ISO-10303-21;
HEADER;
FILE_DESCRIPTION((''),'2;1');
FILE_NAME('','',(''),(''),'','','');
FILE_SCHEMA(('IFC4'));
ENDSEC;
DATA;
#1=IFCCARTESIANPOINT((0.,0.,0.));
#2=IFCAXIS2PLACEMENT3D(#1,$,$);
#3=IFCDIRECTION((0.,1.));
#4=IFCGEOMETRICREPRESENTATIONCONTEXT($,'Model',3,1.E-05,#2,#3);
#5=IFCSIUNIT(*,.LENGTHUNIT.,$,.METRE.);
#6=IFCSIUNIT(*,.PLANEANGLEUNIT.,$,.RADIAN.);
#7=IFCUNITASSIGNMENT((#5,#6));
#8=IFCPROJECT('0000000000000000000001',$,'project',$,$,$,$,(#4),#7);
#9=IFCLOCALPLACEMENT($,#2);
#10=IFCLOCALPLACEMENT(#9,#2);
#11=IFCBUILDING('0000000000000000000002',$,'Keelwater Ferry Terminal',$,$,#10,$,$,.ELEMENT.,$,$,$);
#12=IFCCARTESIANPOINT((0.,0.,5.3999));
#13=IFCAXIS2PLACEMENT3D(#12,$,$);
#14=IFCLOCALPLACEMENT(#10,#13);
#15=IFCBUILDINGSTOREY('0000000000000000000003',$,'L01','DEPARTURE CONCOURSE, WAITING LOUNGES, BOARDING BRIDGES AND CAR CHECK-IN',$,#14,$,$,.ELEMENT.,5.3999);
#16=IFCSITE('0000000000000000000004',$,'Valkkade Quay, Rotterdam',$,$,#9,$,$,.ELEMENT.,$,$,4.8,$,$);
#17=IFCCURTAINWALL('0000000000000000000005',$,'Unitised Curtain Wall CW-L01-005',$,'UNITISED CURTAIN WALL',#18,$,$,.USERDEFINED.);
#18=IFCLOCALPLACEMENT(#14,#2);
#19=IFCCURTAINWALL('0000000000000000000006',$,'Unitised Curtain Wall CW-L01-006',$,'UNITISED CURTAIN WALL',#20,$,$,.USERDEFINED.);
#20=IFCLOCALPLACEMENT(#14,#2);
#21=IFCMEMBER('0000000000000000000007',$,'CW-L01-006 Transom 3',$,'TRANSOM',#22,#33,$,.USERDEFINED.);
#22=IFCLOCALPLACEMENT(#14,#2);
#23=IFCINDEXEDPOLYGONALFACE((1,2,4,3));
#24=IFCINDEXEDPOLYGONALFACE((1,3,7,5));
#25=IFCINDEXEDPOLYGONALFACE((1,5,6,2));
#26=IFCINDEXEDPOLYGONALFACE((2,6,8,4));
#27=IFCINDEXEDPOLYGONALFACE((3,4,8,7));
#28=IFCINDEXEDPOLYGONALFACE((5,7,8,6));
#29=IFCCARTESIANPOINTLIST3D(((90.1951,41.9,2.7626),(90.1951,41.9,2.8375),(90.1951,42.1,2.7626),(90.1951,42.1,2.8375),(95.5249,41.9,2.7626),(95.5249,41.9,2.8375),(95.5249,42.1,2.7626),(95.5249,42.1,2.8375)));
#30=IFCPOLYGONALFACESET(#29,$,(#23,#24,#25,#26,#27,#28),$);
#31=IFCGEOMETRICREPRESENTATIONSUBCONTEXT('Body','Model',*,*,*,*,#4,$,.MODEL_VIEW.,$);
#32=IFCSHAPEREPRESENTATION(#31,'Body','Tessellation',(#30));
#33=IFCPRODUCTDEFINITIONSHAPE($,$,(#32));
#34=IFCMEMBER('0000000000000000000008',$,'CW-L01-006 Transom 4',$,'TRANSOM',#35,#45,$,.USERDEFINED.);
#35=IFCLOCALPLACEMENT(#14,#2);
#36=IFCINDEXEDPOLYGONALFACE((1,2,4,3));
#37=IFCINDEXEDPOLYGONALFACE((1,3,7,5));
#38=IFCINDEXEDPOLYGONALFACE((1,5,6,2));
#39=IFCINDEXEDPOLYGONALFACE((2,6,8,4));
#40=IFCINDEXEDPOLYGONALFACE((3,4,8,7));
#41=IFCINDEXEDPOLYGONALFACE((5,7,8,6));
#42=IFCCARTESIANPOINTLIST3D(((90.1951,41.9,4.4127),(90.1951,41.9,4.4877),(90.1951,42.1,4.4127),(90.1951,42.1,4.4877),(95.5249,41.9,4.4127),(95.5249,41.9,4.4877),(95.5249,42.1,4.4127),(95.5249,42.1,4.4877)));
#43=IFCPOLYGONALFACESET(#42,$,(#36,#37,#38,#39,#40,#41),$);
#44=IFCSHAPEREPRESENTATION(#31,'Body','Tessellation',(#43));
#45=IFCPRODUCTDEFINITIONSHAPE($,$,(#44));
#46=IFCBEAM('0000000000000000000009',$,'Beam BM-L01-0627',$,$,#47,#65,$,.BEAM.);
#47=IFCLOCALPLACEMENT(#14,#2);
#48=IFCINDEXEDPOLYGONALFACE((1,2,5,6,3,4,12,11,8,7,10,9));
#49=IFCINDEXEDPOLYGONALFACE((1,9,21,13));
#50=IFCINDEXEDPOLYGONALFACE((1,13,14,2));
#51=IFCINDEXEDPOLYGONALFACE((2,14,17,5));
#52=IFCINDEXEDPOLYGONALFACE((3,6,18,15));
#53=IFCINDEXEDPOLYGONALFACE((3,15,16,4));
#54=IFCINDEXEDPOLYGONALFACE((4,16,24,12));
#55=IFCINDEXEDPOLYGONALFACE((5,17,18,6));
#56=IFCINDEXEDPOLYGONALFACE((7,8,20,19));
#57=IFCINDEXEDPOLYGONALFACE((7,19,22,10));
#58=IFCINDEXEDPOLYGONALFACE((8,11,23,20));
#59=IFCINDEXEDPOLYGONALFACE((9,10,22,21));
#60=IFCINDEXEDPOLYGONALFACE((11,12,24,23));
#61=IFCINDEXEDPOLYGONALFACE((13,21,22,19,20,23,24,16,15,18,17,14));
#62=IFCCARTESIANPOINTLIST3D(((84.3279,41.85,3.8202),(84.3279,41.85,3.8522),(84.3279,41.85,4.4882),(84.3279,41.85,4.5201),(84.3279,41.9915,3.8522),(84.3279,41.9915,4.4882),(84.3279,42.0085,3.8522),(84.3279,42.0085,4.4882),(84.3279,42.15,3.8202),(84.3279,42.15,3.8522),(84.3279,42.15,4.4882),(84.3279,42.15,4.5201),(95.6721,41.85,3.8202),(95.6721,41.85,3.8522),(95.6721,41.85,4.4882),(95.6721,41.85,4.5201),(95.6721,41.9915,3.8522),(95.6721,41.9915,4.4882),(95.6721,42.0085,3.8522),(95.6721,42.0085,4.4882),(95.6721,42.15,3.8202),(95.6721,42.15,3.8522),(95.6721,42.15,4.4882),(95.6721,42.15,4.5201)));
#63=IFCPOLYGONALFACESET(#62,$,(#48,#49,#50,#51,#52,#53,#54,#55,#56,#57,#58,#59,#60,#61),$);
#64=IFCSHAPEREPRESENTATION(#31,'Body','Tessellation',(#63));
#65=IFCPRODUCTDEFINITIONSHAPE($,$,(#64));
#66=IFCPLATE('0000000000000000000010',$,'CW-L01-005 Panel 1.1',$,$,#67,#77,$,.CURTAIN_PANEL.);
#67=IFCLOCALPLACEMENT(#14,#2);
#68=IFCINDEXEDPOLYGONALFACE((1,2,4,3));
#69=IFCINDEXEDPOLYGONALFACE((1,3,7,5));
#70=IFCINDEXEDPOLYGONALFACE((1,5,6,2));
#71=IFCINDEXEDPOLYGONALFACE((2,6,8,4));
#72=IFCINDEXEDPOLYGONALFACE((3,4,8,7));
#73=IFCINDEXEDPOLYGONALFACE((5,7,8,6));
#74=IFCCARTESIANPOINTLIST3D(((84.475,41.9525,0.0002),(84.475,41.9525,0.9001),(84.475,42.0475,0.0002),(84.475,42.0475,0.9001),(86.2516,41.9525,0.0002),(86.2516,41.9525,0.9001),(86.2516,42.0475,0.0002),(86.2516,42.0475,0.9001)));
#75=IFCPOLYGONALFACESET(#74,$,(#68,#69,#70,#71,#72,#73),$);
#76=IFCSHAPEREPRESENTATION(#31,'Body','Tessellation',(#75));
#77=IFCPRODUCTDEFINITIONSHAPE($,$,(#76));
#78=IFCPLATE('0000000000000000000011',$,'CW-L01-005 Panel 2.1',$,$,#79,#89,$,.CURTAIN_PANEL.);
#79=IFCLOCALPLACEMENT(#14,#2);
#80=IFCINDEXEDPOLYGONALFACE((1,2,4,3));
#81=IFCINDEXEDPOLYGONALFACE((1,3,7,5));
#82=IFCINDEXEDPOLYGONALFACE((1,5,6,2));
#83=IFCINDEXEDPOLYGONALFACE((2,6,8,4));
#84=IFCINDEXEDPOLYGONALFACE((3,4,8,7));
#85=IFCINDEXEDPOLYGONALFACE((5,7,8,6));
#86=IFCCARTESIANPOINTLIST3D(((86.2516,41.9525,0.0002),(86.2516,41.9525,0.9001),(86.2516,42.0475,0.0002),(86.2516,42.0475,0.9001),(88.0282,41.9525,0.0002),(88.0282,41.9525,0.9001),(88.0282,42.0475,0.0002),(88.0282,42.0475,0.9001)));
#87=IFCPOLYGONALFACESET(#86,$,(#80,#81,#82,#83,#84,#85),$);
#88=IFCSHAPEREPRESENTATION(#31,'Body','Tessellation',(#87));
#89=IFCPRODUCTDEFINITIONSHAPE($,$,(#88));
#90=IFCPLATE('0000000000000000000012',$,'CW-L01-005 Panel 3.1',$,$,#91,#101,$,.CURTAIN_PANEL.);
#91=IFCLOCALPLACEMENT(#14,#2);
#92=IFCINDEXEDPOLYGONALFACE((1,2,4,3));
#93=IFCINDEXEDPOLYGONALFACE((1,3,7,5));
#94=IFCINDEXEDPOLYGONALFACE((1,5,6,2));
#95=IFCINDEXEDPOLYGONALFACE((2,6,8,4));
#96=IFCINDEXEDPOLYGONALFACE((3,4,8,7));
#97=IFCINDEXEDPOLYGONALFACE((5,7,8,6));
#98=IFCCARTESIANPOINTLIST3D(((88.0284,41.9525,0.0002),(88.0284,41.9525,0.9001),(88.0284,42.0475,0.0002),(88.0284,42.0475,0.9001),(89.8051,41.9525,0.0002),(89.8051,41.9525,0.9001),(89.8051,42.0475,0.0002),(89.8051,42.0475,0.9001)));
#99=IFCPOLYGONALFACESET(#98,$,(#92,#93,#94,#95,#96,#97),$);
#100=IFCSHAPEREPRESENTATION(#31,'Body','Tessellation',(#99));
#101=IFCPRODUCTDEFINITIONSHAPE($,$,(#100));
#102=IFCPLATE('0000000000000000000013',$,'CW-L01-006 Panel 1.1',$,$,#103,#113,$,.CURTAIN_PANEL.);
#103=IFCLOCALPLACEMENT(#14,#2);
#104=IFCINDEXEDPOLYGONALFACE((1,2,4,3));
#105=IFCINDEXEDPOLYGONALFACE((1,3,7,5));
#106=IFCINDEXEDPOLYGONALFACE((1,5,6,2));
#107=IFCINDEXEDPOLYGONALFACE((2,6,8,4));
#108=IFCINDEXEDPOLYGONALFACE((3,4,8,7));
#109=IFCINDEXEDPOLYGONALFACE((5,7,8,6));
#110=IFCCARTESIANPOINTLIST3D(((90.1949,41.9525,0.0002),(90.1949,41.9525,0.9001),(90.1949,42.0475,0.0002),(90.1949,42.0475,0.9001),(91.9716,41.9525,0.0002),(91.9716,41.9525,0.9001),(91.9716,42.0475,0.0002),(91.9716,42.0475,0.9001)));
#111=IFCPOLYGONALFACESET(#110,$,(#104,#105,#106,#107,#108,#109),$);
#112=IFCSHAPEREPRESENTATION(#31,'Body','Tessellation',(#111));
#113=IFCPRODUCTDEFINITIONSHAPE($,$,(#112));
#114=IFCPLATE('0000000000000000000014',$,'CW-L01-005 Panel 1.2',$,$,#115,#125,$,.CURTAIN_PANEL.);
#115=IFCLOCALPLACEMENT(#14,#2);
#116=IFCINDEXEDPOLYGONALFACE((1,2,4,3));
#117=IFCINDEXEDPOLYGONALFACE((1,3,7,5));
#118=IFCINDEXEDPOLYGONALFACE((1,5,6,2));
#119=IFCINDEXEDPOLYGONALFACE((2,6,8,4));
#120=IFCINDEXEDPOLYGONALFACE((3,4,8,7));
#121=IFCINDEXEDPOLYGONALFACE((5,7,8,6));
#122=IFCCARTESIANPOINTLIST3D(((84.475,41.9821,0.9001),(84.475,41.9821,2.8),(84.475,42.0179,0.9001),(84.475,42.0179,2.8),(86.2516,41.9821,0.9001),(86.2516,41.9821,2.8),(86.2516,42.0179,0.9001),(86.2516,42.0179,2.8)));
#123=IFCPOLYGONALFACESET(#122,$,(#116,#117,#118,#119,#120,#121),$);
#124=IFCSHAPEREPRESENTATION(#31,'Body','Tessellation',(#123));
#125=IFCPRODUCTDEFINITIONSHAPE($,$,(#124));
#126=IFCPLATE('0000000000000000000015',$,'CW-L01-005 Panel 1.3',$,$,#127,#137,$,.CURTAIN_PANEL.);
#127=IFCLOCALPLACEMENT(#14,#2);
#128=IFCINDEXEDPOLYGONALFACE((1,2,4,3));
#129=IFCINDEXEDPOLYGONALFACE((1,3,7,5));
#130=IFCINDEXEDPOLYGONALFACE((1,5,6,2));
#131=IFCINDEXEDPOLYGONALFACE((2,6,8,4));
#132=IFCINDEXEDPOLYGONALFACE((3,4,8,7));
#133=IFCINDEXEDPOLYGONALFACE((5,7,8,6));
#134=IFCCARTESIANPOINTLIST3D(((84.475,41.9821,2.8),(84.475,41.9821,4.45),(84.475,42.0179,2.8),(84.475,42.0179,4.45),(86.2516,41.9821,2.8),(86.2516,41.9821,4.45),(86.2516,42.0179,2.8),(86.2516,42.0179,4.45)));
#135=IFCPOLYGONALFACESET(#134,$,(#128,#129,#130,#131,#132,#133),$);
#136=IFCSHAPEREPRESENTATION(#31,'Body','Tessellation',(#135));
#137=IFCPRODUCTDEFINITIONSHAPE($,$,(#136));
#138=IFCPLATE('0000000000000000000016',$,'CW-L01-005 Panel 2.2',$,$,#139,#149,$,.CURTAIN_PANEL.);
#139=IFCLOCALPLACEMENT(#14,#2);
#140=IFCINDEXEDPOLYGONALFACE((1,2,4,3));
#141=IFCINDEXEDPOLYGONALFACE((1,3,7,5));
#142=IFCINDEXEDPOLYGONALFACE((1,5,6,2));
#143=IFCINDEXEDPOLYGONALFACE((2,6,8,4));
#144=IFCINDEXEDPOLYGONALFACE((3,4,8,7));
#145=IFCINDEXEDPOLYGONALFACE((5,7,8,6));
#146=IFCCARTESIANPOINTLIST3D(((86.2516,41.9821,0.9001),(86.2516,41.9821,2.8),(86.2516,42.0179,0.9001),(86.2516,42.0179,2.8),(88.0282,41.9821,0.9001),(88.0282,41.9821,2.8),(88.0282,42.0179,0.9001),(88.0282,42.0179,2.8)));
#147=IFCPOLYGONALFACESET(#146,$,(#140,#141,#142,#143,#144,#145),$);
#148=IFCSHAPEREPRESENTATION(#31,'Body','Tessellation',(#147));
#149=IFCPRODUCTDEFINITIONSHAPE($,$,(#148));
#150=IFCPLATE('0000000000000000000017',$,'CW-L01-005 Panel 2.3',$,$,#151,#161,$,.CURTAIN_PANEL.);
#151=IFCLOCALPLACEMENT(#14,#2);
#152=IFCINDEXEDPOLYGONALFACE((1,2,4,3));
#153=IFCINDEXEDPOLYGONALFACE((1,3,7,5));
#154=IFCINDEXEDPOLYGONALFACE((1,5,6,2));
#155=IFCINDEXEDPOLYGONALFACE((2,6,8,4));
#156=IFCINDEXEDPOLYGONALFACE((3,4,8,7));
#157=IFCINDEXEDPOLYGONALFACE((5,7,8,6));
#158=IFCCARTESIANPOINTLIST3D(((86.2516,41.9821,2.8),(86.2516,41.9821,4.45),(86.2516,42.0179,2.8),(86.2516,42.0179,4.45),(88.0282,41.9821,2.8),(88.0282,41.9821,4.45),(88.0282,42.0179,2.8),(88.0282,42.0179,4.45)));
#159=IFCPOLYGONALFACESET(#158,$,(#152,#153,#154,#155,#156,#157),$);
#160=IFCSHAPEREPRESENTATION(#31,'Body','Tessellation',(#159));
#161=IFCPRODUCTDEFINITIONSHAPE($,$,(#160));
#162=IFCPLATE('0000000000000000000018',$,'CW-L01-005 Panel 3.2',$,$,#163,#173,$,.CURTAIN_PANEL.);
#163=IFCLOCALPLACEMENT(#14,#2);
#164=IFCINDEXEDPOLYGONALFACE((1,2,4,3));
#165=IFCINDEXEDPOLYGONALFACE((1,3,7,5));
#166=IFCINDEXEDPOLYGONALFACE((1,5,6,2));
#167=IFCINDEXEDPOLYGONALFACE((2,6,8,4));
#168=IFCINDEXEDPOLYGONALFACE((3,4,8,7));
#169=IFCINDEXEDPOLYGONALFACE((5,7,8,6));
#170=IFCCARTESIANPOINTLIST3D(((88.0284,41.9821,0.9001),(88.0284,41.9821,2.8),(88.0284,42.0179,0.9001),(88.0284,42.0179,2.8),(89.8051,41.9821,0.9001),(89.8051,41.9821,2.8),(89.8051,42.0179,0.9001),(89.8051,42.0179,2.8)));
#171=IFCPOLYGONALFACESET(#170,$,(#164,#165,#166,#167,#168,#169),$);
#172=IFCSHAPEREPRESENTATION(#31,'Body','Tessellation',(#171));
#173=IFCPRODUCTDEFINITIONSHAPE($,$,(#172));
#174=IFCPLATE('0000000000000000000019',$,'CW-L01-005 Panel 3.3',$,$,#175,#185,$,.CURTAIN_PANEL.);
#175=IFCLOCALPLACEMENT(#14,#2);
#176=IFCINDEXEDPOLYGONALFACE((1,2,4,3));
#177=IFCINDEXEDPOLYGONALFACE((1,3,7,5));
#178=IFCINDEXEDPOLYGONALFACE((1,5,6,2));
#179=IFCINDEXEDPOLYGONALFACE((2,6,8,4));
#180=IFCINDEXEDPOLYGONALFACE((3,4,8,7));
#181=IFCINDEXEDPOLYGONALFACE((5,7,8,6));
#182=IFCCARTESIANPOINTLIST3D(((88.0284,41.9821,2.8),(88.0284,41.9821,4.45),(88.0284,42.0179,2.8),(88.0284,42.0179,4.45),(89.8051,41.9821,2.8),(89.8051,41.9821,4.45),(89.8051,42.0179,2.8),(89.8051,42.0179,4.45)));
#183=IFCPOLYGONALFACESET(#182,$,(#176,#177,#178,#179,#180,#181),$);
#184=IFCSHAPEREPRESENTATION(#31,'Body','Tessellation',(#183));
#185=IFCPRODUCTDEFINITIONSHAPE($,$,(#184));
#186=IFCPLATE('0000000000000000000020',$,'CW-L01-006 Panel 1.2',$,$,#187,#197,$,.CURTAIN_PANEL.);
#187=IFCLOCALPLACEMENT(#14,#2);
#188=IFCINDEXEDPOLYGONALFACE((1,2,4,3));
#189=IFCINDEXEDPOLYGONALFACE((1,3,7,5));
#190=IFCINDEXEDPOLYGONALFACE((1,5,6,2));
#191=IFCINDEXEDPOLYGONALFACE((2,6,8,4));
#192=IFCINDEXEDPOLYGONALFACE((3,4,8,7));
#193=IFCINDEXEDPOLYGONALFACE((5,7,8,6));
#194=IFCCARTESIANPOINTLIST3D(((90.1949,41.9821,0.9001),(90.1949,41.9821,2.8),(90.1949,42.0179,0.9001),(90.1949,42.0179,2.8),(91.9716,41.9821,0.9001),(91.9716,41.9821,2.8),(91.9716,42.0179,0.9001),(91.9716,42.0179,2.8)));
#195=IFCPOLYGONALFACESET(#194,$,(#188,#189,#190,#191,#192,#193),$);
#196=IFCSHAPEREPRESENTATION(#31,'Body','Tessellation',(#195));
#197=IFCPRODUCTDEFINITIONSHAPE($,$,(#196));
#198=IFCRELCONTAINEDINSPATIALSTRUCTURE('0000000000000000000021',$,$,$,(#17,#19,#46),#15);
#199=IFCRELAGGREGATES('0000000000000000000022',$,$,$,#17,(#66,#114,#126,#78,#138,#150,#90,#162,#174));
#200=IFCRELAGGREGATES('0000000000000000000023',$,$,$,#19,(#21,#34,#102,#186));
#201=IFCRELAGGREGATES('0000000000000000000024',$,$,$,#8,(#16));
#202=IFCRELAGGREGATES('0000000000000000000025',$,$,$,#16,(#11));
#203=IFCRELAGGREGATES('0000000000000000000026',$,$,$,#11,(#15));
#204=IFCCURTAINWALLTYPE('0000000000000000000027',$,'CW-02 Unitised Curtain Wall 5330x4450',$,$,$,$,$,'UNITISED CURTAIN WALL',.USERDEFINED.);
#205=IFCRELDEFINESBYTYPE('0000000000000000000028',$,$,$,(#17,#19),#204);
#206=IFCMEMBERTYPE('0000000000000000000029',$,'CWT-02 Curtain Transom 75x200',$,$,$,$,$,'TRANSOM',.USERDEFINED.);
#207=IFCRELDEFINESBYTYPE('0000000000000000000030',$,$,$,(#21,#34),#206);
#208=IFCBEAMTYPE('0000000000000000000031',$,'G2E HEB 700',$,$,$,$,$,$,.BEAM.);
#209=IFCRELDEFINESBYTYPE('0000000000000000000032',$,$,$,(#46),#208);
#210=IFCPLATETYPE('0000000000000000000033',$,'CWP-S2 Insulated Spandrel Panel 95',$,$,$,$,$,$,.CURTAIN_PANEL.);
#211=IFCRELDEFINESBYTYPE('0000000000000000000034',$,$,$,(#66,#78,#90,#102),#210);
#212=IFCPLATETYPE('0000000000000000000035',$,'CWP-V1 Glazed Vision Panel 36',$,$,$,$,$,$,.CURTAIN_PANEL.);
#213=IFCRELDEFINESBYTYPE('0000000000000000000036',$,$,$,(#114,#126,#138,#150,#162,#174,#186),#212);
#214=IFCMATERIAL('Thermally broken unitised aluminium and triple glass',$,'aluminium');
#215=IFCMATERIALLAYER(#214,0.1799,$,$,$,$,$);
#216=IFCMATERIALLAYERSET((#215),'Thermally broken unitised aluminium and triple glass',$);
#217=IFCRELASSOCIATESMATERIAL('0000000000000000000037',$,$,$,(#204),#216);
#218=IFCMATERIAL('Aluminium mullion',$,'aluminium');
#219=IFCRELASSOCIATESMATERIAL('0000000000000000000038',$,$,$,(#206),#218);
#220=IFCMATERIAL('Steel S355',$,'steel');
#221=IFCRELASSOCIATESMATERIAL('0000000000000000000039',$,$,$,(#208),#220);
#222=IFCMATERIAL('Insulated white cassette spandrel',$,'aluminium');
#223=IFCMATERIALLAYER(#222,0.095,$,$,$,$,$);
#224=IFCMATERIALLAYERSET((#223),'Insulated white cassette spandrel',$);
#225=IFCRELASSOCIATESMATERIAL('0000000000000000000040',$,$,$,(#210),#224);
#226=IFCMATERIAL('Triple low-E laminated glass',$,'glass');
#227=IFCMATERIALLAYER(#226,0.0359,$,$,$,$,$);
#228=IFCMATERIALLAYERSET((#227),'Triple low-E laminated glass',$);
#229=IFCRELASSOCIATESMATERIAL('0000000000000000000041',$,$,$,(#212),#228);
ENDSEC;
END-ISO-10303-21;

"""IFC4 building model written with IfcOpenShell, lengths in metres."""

from ifc_helpers import new_model, si_unit, direction, frame, origin, origin_2d, place, context, subcontext, project, spatial, rectangle, i_section, extrude, material, layer, layer_set, material_profile, profile_set, type_object, element, aggregate, save


model = new_model("IFC4")

# Units and contexts
model_context = context("Model", 3, precision=1e-05, world=origin(), true_north=direction((0.0, 1.0)))
body_context = subcontext(model_context, "Body", "Model", "MODEL_VIEW")
ifc_project = project(units=[si_unit("LENGTHUNIT", "METRE"), si_unit("PLANEANGLEUNIT", "RADIAN")], contexts=[model_context])

# Site, building, storey
site_placement = place(None, origin())
site = spatial("IfcSite", under=ifc_project, at=site_placement, Name="Valkkade Quay, Rotterdam", CompositionType="ELEMENT", RefElevation=4.8)
building_placement = place(site_placement, origin())
building = spatial("IfcBuilding", under=site, at=building_placement, Name="Keelwater Ferry Terminal", CompositionType="ELEMENT")
storey_placement = place(building_placement, frame((0.0, 0.0, 5.3999)))
storey = spatial("IfcBuildingStorey", under=building, at=storey_placement, Name="L01", Description="DEPARTURE CONCOURSE, WAITING LOUNGES, BOARDING BRIDGES AND CAR CHECK-IN", CompositionType="ELEMENT", Elevation=5.3999)

# Curtain wall
ifc_material_1 = material(Name="Thermally broken unitised aluminium and triple glass", Category="aluminium")
ifc_layer_1 = layer(ifc_material_1, 0.1799)
ifc_layer_set_1 = layer_set([ifc_layer_1], Name="Thermally broken unitised aluminium and triple glass")
curtain_wall_type = type_object("IfcCurtainWallType", Name="CW-02 Unitised Curtain Wall 5330x4450", ElementType="UNITISED CURTAIN WALL", PredefinedType="USERDEFINED", material=ifc_layer_set_1)
curtain_wall_1_placement = place(storey_placement, origin())
curtain_wall_1 = element("IfcCurtainWall", 1, at=curtain_wall_1_placement, inside=storey, type_object=curtain_wall_type, Name="Unitised Curtain Wall CW-L01-005", ObjectType="UNITISED CURTAIN WALL", PredefinedType="USERDEFINED")

# Curtain wall
curtain_wall_2_placement = place(storey_placement, origin())
curtain_wall_2 = element("IfcCurtainWall", 2, at=curtain_wall_2_placement, inside=storey, type_object=curtain_wall_type, Name="Unitised Curtain Wall CW-L01-006", ObjectType="UNITISED CURTAIN WALL", PredefinedType="USERDEFINED")

# Members
ifc_material_2 = material(Name="Aluminium mullion", Category="aluminium")
ifc_material_profile_1 = material_profile(ifc_material_2, rectangle(XDim=0.2, YDim=0.075, at=origin_2d()), Name="CWT-02")
ifc_profile_set_1 = profile_set([ifc_material_profile_1], Name="Aluminium mullion")
member_type_1 = type_object("IfcMemberType", Name="CWT-02 Curtain Transom 75x200", ElementType="TRANSOM", PredefinedType="USERDEFINED", material=ifc_profile_set_1)
member_1_placement = place(storey_placement, frame((90.1951, 42.0, 2.8), z_axis=(1.0, 0.0, 0.0), x_axis=(0.0, 1.0, 0.0)))
member_1 = element("IfcMember", 3, at=member_1_placement, type_object=member_type_1, Name="CW-L01-006 Transom 3", ObjectType="TRANSOM", PredefinedType="USERDEFINED", context=body_context, shape_type="SweptSolid", body=[
    extrude(rectangle(XDim=0.2, YDim=0.075, at=origin_2d()), origin(), (0.0, 0.0, 1.0), 5.3298),
])
member_2_placement = place(storey_placement, frame((90.1951, 42.0, 4.4502), z_axis=(1.0, 0.0, 0.0), x_axis=(0.0, 1.0, 0.0)))
member_2 = element("IfcMember", 4, at=member_2_placement, type_object=member_type_1, Name="CW-L01-006 Transom 4", ObjectType="TRANSOM", PredefinedType="USERDEFINED", context=body_context, shape_type="SweptSolid", body=[
    extrude(rectangle(XDim=0.2, YDim=0.075, at=origin_2d()), origin(), (0.0, 0.0, 1.0), 5.3298),
])

# Beam
ifc_material_3 = material(Name="Steel S355", Category="steel")
ifc_material_profile_2 = material_profile(ifc_material_3, i_section(OverallWidth=0.3, OverallDepth=0.7, WebThickness=0.0171, FlangeThickness=0.032, at=origin_2d()), Name="HEB 700")
ifc_profile_set_2 = profile_set([ifc_material_profile_2], Name="Steel S355")
beam_type = type_object("IfcBeamType", Name="G2E HEB 700", PredefinedType="BEAM", material=ifc_profile_set_2)
beam_placement = place(storey_placement, frame((84.3279, 42.0, 4.1702), z_axis=(1.0, 0.0, 0.0), x_axis=(0.0, 1.0, 0.0)))
element("IfcBeam", 5, at=beam_placement, inside=storey, type_object=beam_type, Name="Beam BM-L01-0627", PredefinedType="BEAM", context=body_context, shape_type="SweptSolid", body=[
    extrude(i_section(OverallWidth=0.3, OverallDepth=0.7, WebThickness=0.0171, FlangeThickness=0.032, at=origin_2d()), origin(), (0.0, 0.0, 1.0), 11.3442),
])

# Plates
ifc_material_4 = material(Name="Insulated white cassette spandrel", Category="aluminium")
ifc_layer_2 = layer(ifc_material_4, 0.095)
ifc_layer_set_2 = layer_set([ifc_layer_2], Name="Insulated white cassette spandrel")
plate_type_1 = type_object("IfcPlateType", Name="CWP-S2 Insulated Spandrel Panel 95", PredefinedType="CURTAIN_PANEL", material=ifc_layer_set_2)
plate_1_placement = place(storey_placement, frame((85.3633, 42.0, 0.0002), z_axis=(0.0, 0.0, 1.0), x_axis=(1.0, 0.0, 0.0)))
plate_1 = element("IfcPlate", 6, at=plate_1_placement, type_object=plate_type_1, Name="CW-L01-005 Panel 1.1", PredefinedType="CURTAIN_PANEL", context=body_context, shape_type="SweptSolid", body=[
    extrude(rectangle(XDim=1.7766, YDim=0.095, at=origin_2d()), origin(), (0.0, 0.0, 1.0), 0.8999),
])
plate_2_placement = place(storey_placement, frame((87.1399, 42.0, 0.0002), z_axis=(0.0, 0.0, 1.0), x_axis=(1.0, 0.0, 0.0)))
plate_2 = element("IfcPlate", 7, at=plate_2_placement, type_object=plate_type_1, Name="CW-L01-005 Panel 2.1", PredefinedType="CURTAIN_PANEL", context=body_context, shape_type="SweptSolid", body=[
    extrude(rectangle(XDim=1.7766, YDim=0.095, at=origin_2d()), origin(), (0.0, 0.0, 1.0), 0.8999),
])
plate_3_placement = place(storey_placement, frame((88.9167, 42.0, 0.0002), z_axis=(0.0, 0.0, 1.0), x_axis=(1.0, 0.0, 0.0)))
plate_3 = element("IfcPlate", 8, at=plate_3_placement, type_object=plate_type_1, Name="CW-L01-005 Panel 3.1", PredefinedType="CURTAIN_PANEL", context=body_context, shape_type="SweptSolid", body=[
    extrude(rectangle(XDim=1.7766, YDim=0.095, at=origin_2d()), origin(), (0.0, 0.0, 1.0), 0.8999),
])
plate_4_placement = place(storey_placement, frame((91.0833, 42.0, 0.0002), z_axis=(0.0, 0.0, 1.0), x_axis=(1.0, 0.0, 0.0)))
plate_4 = element("IfcPlate", 9, at=plate_4_placement, type_object=plate_type_1, Name="CW-L01-006 Panel 1.1", PredefinedType="CURTAIN_PANEL", context=body_context, shape_type="SweptSolid", body=[
    extrude(rectangle(XDim=1.7766, YDim=0.095, at=origin_2d()), origin(), (0.0, 0.0, 1.0), 0.8999),
])
ifc_material_5 = material(Name="Triple low-E laminated glass", Category="glass")
ifc_layer_3 = layer(ifc_material_5, 0.0359)
ifc_layer_set_3 = layer_set([ifc_layer_3], Name="Triple low-E laminated glass")
plate_type_2 = type_object("IfcPlateType", Name="CWP-V1 Glazed Vision Panel 36", PredefinedType="CURTAIN_PANEL", material=ifc_layer_set_3)
plate_5_placement = place(storey_placement, frame((85.3633, 42.0, 0.9001), z_axis=(0.0, 0.0, 1.0), x_axis=(1.0, 0.0, 0.0)))
plate_5 = element("IfcPlate", 10, at=plate_5_placement, type_object=plate_type_2, Name="CW-L01-005 Panel 1.2", PredefinedType="CURTAIN_PANEL", context=body_context, shape_type="SweptSolid", body=[
    extrude(rectangle(XDim=1.7766, YDim=0.0359, at=origin_2d()), origin(), (0.0, 0.0, 1.0), 1.8999),
])
plate_6_placement = place(storey_placement, frame((85.3633, 42.0, 2.8), z_axis=(0.0, 0.0, 1.0), x_axis=(1.0, 0.0, 0.0)))
plate_6 = element("IfcPlate", 11, at=plate_6_placement, type_object=plate_type_2, Name="CW-L01-005 Panel 1.3", PredefinedType="CURTAIN_PANEL", context=body_context, shape_type="SweptSolid", body=[
    extrude(rectangle(XDim=1.7766, YDim=0.0359, at=origin_2d()), origin(), (0.0, 0.0, 1.0), 1.6499),
])
plate_7_placement = place(storey_placement, frame((87.1399, 42.0, 0.9001), z_axis=(0.0, 0.0, 1.0), x_axis=(1.0, 0.0, 0.0)))
plate_7 = element("IfcPlate", 12, at=plate_7_placement, type_object=plate_type_2, Name="CW-L01-005 Panel 2.2", PredefinedType="CURTAIN_PANEL", context=body_context, shape_type="SweptSolid", body=[
    extrude(rectangle(XDim=1.7766, YDim=0.0359, at=origin_2d()), origin(), (0.0, 0.0, 1.0), 1.8999),
])
plate_8_placement = place(storey_placement, frame((87.1399, 42.0, 2.8), z_axis=(0.0, 0.0, 1.0), x_axis=(1.0, 0.0, 0.0)))
plate_8 = element("IfcPlate", 13, at=plate_8_placement, type_object=plate_type_2, Name="CW-L01-005 Panel 2.3", PredefinedType="CURTAIN_PANEL", context=body_context, shape_type="SweptSolid", body=[
    extrude(rectangle(XDim=1.7766, YDim=0.0359, at=origin_2d()), origin(), (0.0, 0.0, 1.0), 1.6499),
])
plate_9_placement = place(storey_placement, frame((88.9167, 42.0, 0.9001), z_axis=(0.0, 0.0, 1.0), x_axis=(1.0, 0.0, 0.0)))
plate_9 = element("IfcPlate", 14, at=plate_9_placement, type_object=plate_type_2, Name="CW-L01-005 Panel 3.2", PredefinedType="CURTAIN_PANEL", context=body_context, shape_type="SweptSolid", body=[
    extrude(rectangle(XDim=1.7766, YDim=0.0359, at=origin_2d()), origin(), (0.0, 0.0, 1.0), 1.8999),
])
plate_10_placement = place(storey_placement, frame((88.9167, 42.0, 2.8), z_axis=(0.0, 0.0, 1.0), x_axis=(1.0, 0.0, 0.0)))
plate_10 = element("IfcPlate", 15, at=plate_10_placement, type_object=plate_type_2, Name="CW-L01-005 Panel 3.3", PredefinedType="CURTAIN_PANEL", context=body_context, shape_type="SweptSolid", body=[
    extrude(rectangle(XDim=1.7766, YDim=0.0359, at=origin_2d()), origin(), (0.0, 0.0, 1.0), 1.6499),
])
aggregate(curtain_wall_1, [plate_1, plate_5, plate_6, plate_2, plate_7, plate_8, plate_3, plate_9, plate_10])
plate_11_placement = place(storey_placement, frame((91.0833, 42.0, 0.9001), z_axis=(0.0, 0.0, 1.0), x_axis=(1.0, 0.0, 0.0)))
plate_11 = element("IfcPlate", 16, at=plate_11_placement, type_object=plate_type_2, Name="CW-L01-006 Panel 1.2", PredefinedType="CURTAIN_PANEL", context=body_context, shape_type="SweptSolid", body=[
    extrude(rectangle(XDim=1.7766, YDim=0.0359, at=origin_2d()), origin(), (0.0, 0.0, 1.0), 1.8999),
])
aggregate(curtain_wall_2, [member_1, member_2, plate_4, plate_11])

save(model, "model.ifc")
